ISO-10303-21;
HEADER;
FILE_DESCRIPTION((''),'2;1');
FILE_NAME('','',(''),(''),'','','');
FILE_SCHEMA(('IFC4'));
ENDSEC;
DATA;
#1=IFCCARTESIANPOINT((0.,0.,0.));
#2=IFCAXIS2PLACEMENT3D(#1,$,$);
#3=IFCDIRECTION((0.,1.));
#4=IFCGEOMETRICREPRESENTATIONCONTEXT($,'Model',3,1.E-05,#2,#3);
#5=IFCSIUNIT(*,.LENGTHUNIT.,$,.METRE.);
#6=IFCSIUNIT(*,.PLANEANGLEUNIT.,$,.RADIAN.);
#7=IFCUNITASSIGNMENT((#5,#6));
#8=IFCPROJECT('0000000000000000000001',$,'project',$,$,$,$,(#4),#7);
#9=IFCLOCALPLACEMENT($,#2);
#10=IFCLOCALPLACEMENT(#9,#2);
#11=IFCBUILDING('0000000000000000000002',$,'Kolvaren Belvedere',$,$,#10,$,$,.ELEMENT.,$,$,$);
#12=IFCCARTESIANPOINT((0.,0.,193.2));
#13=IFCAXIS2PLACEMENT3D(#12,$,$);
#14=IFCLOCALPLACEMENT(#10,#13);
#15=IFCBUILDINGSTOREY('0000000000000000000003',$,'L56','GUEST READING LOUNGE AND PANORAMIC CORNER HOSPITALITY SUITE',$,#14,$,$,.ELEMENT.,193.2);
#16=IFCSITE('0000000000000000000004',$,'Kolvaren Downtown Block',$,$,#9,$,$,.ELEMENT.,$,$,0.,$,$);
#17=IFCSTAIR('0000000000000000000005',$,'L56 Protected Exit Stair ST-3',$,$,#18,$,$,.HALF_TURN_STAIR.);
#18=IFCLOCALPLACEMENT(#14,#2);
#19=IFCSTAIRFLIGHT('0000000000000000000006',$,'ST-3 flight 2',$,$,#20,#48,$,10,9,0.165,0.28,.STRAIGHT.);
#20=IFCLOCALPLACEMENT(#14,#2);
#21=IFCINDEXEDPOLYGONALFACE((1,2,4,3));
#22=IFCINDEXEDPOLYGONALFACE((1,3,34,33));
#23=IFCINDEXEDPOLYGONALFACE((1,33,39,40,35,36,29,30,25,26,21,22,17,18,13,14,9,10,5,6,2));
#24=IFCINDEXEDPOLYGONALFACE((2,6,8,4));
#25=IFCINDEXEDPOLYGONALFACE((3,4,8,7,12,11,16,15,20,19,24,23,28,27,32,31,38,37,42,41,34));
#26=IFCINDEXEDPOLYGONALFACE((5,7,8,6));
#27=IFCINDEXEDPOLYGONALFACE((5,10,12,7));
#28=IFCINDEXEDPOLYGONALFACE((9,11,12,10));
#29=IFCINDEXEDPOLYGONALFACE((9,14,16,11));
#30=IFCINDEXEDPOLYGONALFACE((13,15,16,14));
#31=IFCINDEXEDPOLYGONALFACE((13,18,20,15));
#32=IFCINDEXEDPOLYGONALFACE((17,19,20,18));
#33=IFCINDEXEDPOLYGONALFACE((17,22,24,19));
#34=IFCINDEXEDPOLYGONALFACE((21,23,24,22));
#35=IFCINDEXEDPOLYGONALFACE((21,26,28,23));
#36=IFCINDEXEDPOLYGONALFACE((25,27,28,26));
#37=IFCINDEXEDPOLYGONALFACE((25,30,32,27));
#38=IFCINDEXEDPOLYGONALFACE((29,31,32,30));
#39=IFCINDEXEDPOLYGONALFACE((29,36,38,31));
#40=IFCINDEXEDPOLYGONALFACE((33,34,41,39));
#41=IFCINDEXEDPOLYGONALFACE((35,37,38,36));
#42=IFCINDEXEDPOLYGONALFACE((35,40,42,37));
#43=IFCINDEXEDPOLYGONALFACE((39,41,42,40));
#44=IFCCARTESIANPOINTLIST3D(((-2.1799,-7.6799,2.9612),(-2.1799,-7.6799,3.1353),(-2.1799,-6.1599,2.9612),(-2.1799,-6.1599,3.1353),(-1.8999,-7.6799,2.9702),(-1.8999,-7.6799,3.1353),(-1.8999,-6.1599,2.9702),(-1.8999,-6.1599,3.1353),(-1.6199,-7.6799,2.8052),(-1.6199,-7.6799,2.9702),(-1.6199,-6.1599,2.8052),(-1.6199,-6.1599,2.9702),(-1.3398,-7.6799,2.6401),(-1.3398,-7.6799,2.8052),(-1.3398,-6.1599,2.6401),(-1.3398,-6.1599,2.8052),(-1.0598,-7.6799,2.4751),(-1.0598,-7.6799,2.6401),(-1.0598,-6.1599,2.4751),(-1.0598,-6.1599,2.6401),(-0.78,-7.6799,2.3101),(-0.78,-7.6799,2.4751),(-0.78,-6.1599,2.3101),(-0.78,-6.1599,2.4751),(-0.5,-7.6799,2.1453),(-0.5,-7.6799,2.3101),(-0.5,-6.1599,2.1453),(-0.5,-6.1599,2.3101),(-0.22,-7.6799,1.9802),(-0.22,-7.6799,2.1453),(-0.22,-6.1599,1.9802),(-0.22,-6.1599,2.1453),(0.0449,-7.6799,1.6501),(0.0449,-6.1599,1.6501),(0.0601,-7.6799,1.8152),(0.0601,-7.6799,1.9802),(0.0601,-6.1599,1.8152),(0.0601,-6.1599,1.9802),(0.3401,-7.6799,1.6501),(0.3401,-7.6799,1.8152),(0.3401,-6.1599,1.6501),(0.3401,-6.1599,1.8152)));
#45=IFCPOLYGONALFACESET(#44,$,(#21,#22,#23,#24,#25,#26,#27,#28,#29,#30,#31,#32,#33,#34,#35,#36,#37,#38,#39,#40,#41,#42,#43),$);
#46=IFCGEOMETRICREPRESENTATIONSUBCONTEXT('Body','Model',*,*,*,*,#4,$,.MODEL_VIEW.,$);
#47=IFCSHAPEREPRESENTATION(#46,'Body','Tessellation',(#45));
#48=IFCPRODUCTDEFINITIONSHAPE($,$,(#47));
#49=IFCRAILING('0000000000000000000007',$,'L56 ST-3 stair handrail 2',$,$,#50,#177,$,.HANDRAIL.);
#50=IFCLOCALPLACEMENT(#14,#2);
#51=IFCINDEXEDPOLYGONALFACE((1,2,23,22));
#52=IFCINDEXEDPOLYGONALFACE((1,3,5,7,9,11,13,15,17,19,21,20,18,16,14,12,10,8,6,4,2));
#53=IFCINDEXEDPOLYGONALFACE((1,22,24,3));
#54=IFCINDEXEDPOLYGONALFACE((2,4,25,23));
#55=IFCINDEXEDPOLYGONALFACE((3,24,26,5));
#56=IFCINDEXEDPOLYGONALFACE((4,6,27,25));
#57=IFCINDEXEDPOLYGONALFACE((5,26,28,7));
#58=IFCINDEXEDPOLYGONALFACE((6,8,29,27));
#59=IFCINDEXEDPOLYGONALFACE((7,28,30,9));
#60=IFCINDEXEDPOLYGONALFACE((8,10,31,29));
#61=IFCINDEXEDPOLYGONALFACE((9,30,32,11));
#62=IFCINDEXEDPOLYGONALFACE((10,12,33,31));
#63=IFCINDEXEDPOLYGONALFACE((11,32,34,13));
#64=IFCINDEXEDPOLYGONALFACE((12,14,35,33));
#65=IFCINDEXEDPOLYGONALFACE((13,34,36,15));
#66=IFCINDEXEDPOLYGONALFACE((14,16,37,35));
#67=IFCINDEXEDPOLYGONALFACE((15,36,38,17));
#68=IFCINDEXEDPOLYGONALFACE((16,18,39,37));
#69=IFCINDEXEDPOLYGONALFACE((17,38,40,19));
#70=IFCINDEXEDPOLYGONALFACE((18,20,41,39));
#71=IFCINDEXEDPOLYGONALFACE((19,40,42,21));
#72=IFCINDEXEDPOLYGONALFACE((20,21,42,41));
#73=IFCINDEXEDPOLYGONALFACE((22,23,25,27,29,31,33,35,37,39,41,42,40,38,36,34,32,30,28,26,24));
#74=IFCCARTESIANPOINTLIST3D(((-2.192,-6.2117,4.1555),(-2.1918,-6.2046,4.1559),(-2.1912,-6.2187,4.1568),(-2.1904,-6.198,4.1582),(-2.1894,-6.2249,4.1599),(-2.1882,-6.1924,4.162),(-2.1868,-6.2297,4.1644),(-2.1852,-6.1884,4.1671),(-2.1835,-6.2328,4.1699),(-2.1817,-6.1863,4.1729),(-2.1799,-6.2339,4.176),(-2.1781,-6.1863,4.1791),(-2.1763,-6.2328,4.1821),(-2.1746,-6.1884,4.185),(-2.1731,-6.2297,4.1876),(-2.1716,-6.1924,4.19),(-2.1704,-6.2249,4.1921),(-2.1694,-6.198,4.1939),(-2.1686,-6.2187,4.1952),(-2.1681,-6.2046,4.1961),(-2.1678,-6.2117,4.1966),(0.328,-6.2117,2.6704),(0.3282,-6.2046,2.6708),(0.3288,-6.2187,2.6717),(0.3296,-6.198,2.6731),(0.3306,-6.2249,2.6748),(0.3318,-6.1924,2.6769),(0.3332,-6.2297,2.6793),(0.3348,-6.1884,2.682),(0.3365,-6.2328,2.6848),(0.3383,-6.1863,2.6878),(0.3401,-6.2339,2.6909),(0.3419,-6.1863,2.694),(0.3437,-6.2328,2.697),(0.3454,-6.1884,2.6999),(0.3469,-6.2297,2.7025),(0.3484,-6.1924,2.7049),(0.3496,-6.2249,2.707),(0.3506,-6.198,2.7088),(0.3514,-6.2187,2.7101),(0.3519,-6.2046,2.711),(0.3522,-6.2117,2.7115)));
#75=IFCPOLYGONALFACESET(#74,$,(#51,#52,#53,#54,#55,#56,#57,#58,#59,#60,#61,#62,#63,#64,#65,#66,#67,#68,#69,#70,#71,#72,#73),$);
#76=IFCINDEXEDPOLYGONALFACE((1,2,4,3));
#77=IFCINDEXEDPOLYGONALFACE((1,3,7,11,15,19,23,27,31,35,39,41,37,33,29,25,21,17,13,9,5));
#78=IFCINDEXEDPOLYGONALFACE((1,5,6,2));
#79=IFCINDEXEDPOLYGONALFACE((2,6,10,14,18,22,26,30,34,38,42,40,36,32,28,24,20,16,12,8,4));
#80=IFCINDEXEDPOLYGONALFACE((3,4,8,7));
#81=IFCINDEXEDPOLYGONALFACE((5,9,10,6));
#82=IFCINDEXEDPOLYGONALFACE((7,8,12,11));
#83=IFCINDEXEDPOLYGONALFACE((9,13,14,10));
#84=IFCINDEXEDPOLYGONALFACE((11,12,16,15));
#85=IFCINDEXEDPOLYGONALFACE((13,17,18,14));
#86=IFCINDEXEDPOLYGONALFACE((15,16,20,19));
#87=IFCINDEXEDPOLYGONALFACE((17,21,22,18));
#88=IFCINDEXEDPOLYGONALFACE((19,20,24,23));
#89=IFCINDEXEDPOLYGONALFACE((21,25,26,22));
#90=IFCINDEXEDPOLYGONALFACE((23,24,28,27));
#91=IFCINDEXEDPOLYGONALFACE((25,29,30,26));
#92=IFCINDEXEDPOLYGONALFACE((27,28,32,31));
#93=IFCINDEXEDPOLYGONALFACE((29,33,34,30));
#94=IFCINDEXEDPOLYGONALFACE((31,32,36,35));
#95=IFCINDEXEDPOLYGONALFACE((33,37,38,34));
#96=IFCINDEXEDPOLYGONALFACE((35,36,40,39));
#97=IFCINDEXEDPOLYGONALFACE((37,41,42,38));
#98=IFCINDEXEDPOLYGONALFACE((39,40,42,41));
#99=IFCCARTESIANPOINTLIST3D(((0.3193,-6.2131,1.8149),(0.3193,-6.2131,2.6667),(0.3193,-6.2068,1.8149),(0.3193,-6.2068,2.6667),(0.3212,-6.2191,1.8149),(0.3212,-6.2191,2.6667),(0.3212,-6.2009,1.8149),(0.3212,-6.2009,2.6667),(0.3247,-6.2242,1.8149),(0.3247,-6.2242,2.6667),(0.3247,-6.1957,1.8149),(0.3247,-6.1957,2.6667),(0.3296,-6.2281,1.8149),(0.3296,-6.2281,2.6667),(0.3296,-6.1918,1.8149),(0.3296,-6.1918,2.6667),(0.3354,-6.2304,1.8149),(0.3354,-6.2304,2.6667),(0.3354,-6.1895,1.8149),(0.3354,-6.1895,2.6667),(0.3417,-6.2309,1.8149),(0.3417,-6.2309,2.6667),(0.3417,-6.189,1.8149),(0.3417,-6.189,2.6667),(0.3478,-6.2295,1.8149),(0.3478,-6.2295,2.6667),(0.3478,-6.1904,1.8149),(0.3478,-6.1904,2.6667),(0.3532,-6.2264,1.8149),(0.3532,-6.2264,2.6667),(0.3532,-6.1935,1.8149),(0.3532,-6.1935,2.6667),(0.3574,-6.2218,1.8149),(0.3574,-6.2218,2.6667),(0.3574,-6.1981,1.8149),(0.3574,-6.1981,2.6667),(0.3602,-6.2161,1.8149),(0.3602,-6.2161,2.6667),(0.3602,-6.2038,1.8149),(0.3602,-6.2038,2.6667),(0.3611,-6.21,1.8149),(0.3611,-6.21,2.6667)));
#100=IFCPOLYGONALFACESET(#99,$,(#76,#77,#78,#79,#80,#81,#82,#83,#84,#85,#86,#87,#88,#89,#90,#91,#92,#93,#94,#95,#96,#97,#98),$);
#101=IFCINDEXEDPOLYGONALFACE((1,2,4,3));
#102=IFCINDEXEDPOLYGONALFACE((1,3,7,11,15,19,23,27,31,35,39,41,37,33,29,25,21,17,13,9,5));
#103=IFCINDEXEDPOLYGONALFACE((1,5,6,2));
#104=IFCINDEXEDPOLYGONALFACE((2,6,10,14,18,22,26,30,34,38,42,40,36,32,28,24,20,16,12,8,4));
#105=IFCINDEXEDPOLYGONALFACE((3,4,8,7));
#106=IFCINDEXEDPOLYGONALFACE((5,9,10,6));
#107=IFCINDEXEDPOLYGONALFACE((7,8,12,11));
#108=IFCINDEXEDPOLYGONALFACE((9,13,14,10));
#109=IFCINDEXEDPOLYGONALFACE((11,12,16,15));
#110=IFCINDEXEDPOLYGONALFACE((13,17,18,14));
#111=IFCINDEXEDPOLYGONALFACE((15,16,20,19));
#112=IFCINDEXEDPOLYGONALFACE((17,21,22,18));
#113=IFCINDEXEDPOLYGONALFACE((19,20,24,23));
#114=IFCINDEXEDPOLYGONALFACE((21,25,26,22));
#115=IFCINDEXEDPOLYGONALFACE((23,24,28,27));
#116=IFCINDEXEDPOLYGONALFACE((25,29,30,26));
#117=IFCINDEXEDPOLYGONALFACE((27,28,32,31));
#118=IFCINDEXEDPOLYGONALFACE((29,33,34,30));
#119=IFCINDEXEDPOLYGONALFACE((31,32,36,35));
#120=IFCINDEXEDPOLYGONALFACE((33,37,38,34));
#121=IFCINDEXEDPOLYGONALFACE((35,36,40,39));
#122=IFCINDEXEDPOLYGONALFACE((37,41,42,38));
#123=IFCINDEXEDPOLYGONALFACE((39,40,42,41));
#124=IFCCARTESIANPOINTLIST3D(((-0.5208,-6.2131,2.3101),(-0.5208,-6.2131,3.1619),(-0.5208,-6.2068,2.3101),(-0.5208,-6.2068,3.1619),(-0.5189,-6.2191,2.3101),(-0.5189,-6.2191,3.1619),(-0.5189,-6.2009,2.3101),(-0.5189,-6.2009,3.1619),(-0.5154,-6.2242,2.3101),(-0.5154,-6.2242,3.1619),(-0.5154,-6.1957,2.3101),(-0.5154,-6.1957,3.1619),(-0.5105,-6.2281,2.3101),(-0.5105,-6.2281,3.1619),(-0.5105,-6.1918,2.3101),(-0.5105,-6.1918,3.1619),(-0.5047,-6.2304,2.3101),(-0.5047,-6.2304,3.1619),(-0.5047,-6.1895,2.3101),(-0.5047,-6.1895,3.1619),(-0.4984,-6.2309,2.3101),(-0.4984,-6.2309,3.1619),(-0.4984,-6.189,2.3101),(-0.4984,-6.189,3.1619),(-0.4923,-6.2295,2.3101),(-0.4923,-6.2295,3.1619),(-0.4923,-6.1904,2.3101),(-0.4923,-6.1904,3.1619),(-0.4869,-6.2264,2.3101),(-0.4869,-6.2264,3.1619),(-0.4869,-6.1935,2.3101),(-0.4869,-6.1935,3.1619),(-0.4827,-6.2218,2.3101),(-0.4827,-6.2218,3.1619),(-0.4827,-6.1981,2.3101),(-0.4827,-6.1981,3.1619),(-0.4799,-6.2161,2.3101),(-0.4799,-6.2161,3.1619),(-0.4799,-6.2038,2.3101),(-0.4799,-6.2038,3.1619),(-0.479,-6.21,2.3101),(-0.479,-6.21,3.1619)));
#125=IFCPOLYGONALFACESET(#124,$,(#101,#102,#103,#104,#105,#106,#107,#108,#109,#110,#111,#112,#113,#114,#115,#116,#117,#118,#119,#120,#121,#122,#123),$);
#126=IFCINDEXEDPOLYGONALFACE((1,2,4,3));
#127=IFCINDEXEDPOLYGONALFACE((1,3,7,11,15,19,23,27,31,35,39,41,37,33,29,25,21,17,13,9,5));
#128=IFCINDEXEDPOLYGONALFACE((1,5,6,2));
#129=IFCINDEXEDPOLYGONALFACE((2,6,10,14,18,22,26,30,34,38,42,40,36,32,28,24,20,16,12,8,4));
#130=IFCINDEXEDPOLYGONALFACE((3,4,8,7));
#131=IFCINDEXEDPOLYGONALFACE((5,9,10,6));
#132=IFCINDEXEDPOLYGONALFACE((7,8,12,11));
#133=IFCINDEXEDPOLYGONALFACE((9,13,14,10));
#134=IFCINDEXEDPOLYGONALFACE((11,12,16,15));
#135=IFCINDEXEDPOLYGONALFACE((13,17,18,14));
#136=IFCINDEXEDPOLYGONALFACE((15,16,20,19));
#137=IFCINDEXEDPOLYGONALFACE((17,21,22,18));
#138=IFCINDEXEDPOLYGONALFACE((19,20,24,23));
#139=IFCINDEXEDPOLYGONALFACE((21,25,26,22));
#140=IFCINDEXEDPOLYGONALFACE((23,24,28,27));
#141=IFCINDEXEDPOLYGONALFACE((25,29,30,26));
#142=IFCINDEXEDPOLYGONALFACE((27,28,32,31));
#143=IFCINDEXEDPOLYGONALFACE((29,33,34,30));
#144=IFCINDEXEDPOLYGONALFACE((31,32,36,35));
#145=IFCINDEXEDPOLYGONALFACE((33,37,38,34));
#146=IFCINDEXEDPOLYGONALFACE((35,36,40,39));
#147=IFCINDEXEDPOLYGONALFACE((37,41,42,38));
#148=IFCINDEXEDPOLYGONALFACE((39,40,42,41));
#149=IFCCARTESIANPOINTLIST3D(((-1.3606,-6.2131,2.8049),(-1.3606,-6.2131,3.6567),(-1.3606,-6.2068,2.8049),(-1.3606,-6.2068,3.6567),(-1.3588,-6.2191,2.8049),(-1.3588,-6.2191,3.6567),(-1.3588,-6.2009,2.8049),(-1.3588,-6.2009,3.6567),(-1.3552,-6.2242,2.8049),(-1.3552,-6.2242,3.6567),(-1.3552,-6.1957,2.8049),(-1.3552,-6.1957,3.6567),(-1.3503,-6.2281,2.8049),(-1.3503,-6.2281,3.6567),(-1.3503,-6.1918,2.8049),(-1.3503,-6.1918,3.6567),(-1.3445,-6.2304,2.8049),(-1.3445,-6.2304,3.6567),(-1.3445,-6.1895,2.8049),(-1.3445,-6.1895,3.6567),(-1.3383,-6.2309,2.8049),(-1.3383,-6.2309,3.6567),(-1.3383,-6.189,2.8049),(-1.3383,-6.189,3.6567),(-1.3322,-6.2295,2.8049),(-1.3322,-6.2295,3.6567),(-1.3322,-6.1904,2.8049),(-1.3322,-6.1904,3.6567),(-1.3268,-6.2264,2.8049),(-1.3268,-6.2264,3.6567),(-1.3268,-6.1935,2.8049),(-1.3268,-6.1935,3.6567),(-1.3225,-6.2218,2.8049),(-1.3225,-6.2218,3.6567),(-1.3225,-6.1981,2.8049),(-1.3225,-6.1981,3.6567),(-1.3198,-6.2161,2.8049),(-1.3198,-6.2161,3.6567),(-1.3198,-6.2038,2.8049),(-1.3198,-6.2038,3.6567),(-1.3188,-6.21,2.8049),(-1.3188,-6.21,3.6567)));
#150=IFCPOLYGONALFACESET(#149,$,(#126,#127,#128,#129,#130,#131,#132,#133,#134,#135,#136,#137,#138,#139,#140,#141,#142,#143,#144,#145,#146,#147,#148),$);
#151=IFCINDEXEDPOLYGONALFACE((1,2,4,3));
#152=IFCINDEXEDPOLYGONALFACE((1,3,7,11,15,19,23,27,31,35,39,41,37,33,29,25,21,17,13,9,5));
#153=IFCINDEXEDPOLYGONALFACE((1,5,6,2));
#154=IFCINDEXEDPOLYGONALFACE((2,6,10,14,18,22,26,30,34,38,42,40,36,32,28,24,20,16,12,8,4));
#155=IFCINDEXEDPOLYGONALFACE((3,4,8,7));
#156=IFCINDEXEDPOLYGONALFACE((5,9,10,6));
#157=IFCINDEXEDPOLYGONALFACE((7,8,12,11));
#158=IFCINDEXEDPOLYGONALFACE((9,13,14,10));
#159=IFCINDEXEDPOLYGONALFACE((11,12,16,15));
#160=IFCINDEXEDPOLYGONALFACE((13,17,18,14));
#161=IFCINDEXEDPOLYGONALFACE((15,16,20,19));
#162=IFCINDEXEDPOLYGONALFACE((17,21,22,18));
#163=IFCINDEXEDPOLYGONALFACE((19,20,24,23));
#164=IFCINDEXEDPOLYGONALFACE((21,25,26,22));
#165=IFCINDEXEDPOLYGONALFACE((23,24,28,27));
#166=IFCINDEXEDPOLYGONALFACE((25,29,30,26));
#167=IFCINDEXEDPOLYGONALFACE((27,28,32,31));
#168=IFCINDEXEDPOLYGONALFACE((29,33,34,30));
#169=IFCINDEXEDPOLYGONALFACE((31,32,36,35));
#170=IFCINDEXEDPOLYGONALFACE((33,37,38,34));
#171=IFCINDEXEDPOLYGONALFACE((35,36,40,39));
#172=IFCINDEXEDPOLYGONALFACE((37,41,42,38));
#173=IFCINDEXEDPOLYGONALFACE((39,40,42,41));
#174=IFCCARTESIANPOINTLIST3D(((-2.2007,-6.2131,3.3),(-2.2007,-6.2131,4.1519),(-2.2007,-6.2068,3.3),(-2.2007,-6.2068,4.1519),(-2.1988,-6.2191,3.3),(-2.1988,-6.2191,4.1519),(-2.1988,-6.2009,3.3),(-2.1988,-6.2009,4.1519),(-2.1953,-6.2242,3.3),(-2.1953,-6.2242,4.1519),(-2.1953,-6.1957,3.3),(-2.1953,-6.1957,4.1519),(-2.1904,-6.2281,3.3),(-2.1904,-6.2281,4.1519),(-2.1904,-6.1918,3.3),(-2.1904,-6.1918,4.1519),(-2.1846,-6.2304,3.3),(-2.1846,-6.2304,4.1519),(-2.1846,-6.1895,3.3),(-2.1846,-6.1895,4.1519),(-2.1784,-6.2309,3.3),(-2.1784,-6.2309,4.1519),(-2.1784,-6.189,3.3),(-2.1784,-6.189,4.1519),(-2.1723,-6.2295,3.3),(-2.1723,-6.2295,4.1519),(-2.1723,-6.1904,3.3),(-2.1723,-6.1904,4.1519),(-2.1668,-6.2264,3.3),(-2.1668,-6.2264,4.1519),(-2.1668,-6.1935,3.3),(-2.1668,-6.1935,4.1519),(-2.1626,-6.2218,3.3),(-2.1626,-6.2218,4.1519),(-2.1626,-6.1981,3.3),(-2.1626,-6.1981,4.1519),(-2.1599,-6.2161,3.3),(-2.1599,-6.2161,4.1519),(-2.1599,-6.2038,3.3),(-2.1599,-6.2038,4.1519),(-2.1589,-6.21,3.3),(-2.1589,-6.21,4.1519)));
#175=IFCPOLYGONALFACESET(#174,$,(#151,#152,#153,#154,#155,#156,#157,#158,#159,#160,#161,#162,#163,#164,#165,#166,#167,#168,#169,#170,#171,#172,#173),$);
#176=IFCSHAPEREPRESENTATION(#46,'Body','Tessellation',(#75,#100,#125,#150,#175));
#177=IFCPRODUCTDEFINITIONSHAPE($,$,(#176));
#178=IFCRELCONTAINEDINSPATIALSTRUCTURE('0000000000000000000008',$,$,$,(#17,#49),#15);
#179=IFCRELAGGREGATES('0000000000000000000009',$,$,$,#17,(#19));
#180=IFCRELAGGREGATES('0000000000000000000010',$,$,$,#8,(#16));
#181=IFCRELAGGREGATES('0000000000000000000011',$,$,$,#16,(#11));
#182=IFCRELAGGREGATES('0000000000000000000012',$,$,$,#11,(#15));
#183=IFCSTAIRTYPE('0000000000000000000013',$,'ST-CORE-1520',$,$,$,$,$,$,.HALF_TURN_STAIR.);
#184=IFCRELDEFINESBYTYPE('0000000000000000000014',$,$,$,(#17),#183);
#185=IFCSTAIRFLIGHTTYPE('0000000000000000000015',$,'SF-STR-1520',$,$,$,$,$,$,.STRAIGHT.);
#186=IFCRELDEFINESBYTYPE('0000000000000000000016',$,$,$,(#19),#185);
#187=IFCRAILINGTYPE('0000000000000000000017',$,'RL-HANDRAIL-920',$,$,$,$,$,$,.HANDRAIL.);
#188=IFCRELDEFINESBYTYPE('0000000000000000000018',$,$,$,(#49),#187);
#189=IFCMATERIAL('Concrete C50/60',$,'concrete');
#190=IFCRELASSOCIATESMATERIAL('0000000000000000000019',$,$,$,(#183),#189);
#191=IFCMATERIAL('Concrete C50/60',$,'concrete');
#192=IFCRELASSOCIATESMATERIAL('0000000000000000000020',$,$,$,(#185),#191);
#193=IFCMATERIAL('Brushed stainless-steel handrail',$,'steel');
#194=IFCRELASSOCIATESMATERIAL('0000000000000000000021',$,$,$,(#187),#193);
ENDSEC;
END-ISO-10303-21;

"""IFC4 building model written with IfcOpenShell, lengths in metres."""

from ifc_helpers import new_model, si_unit, direction, frame, origin, origin_2d, place, context, subcontext, project, spatial, polyline, circle, outline, extrude, material, type_object, element, aggregate, save


model = new_model("IFC4")

# Units and contexts
model_context = context("Model", 3, precision=1e-05, world=origin(), true_north=direction((0.0, 1.0)))
body_context = subcontext(model_context, "Body", "Model", "MODEL_VIEW")
ifc_project = project(units=[si_unit("LENGTHUNIT", "METRE"), si_unit("PLANEANGLEUNIT", "RADIAN")], contexts=[model_context])

# Site, building, storey
site_placement = place(None, origin())
site = spatial("IfcSite", under=ifc_project, at=site_placement, Name="Kolvaren Downtown Block", CompositionType="ELEMENT", RefElevation=0.0)
building_placement = place(site_placement, origin())
building = spatial("IfcBuilding", under=site, at=building_placement, Name="Kolvaren Belvedere", CompositionType="ELEMENT")
storey_placement = place(building_placement, frame((0.0, 0.0, 193.2)))
storey = spatial("IfcBuildingStorey", under=building, at=storey_placement, Name="L56", Description="GUEST READING LOUNGE AND PANORAMIC CORNER HOSPITALITY SUITE", CompositionType="ELEMENT", Elevation=193.2)

# Stair, stair flight
ifc_material_1 = material(Name="Concrete C50/60", Category="concrete")
stair_type = type_object("IfcStairType", Name="ST-CORE-1520", PredefinedType="HALF_TURN_STAIR", material=ifc_material_1)
stair_placement = place(storey_placement, origin())
stair = element("IfcStair", 1, at=stair_placement, inside=storey, type_object=stair_type, Name="L56 Protected Exit Stair ST-3", PredefinedType="HALF_TURN_STAIR")
ifc_material_2 = material(Name="Concrete C50/60", Category="concrete")
stair_flight_type = type_object("IfcStairFlightType", Name="SF-STR-1520", PredefinedType="STRAIGHT", material=ifc_material_2)
stair_flight_placement = place(storey_placement, frame((0.3401, -6.9199, 1.6501), z_axis=(0.0, 0.0, 1.0), x_axis=(-1.0, 0.0, 0.0)))
stair_flight = element("IfcStairFlight", 2, at=stair_flight_placement, type_object=stair_flight_type, Name="ST-3 flight 2", NumberOfRisers=10, NumberOfTreads=9, PredefinedType="STRAIGHT", RiserHeight=0.165, TreadLength=0.28, context=body_context, shape_type="SweptSolid", body=[
    extrude(outline(polyline([(0.0, 0.0), (0.0, 0.165), (0.28, 0.165), (0.28, 0.3301), (0.5601, 0.3301), (0.5601, 0.4951), (0.8401, 0.4951), (0.8401, 0.6599), (1.1201, 0.6599), (1.1201, 0.825), (1.3999, 0.825), (1.3999, 0.99), (1.6799, 0.99), (1.6799, 1.155), (1.96, 1.155), (1.96, 1.3201), (2.24, 1.3201), (2.24, 1.4851), (2.52, 1.4851), (2.52, 1.6499), (2.52, 1.311), (0.2952, 0.0), (0.0, 0.0)])), frame((0.0, 0.76, 0.0), z_axis=(0.0, -1.0, 0.0), x_axis=(1.0, 0.0, 0.0)), (0.0, 0.0, 1.0), 1.52),
])
aggregate(stair, [stair_flight])

# Railing
ifc_material_3 = material(Name="Brushed stainless-steel handrail", Category="steel")
railing_type_1 = type_object("IfcRailingType", Name="RL-HANDRAIL-920", PredefinedType="HANDRAIL", material=ifc_material_3)
railing_1_placement = place(storey_placement, frame((0.3401, -6.21, 1.8149)))
element("IfcRailing", 3, at=railing_1_placement, inside=storey, type_object=railing_type_1, Name="L56 ST-3 stair handrail 2", PredefinedType="HANDRAIL", context=body_context, shape_type="SweptSolid", body=[
    extrude(circle(Radius=0.0239, at=origin_2d()), frame((0.0, 0.0, 0.876), z_axis=(-0.861524, 0.0, 0.507717), x_axis=(0.0, -1.0, 0.0)), (0.0, 0.0, 1.0), 2.925),
    extrude(circle(Radius=0.021, at=origin_2d()), origin(), (0.0, 0.0, 1.0), 0.8518),
    extrude(circle(Radius=0.021, at=origin_2d()), frame((-0.8401, 0.0, 0.4951)), (0.0, 0.0, 1.0), 0.8518),
    extrude(circle(Radius=0.021, at=origin_2d()), frame((-1.6799, 0.0, 0.99)), (0.0, 0.0, 1.0), 0.8518),
    extrude(circle(Radius=0.021, at=origin_2d()), frame((-2.52, 0.0, 1.4851)), (0.0, 0.0, 1.0), 0.8518),
])

save(model, "model.ifc")
